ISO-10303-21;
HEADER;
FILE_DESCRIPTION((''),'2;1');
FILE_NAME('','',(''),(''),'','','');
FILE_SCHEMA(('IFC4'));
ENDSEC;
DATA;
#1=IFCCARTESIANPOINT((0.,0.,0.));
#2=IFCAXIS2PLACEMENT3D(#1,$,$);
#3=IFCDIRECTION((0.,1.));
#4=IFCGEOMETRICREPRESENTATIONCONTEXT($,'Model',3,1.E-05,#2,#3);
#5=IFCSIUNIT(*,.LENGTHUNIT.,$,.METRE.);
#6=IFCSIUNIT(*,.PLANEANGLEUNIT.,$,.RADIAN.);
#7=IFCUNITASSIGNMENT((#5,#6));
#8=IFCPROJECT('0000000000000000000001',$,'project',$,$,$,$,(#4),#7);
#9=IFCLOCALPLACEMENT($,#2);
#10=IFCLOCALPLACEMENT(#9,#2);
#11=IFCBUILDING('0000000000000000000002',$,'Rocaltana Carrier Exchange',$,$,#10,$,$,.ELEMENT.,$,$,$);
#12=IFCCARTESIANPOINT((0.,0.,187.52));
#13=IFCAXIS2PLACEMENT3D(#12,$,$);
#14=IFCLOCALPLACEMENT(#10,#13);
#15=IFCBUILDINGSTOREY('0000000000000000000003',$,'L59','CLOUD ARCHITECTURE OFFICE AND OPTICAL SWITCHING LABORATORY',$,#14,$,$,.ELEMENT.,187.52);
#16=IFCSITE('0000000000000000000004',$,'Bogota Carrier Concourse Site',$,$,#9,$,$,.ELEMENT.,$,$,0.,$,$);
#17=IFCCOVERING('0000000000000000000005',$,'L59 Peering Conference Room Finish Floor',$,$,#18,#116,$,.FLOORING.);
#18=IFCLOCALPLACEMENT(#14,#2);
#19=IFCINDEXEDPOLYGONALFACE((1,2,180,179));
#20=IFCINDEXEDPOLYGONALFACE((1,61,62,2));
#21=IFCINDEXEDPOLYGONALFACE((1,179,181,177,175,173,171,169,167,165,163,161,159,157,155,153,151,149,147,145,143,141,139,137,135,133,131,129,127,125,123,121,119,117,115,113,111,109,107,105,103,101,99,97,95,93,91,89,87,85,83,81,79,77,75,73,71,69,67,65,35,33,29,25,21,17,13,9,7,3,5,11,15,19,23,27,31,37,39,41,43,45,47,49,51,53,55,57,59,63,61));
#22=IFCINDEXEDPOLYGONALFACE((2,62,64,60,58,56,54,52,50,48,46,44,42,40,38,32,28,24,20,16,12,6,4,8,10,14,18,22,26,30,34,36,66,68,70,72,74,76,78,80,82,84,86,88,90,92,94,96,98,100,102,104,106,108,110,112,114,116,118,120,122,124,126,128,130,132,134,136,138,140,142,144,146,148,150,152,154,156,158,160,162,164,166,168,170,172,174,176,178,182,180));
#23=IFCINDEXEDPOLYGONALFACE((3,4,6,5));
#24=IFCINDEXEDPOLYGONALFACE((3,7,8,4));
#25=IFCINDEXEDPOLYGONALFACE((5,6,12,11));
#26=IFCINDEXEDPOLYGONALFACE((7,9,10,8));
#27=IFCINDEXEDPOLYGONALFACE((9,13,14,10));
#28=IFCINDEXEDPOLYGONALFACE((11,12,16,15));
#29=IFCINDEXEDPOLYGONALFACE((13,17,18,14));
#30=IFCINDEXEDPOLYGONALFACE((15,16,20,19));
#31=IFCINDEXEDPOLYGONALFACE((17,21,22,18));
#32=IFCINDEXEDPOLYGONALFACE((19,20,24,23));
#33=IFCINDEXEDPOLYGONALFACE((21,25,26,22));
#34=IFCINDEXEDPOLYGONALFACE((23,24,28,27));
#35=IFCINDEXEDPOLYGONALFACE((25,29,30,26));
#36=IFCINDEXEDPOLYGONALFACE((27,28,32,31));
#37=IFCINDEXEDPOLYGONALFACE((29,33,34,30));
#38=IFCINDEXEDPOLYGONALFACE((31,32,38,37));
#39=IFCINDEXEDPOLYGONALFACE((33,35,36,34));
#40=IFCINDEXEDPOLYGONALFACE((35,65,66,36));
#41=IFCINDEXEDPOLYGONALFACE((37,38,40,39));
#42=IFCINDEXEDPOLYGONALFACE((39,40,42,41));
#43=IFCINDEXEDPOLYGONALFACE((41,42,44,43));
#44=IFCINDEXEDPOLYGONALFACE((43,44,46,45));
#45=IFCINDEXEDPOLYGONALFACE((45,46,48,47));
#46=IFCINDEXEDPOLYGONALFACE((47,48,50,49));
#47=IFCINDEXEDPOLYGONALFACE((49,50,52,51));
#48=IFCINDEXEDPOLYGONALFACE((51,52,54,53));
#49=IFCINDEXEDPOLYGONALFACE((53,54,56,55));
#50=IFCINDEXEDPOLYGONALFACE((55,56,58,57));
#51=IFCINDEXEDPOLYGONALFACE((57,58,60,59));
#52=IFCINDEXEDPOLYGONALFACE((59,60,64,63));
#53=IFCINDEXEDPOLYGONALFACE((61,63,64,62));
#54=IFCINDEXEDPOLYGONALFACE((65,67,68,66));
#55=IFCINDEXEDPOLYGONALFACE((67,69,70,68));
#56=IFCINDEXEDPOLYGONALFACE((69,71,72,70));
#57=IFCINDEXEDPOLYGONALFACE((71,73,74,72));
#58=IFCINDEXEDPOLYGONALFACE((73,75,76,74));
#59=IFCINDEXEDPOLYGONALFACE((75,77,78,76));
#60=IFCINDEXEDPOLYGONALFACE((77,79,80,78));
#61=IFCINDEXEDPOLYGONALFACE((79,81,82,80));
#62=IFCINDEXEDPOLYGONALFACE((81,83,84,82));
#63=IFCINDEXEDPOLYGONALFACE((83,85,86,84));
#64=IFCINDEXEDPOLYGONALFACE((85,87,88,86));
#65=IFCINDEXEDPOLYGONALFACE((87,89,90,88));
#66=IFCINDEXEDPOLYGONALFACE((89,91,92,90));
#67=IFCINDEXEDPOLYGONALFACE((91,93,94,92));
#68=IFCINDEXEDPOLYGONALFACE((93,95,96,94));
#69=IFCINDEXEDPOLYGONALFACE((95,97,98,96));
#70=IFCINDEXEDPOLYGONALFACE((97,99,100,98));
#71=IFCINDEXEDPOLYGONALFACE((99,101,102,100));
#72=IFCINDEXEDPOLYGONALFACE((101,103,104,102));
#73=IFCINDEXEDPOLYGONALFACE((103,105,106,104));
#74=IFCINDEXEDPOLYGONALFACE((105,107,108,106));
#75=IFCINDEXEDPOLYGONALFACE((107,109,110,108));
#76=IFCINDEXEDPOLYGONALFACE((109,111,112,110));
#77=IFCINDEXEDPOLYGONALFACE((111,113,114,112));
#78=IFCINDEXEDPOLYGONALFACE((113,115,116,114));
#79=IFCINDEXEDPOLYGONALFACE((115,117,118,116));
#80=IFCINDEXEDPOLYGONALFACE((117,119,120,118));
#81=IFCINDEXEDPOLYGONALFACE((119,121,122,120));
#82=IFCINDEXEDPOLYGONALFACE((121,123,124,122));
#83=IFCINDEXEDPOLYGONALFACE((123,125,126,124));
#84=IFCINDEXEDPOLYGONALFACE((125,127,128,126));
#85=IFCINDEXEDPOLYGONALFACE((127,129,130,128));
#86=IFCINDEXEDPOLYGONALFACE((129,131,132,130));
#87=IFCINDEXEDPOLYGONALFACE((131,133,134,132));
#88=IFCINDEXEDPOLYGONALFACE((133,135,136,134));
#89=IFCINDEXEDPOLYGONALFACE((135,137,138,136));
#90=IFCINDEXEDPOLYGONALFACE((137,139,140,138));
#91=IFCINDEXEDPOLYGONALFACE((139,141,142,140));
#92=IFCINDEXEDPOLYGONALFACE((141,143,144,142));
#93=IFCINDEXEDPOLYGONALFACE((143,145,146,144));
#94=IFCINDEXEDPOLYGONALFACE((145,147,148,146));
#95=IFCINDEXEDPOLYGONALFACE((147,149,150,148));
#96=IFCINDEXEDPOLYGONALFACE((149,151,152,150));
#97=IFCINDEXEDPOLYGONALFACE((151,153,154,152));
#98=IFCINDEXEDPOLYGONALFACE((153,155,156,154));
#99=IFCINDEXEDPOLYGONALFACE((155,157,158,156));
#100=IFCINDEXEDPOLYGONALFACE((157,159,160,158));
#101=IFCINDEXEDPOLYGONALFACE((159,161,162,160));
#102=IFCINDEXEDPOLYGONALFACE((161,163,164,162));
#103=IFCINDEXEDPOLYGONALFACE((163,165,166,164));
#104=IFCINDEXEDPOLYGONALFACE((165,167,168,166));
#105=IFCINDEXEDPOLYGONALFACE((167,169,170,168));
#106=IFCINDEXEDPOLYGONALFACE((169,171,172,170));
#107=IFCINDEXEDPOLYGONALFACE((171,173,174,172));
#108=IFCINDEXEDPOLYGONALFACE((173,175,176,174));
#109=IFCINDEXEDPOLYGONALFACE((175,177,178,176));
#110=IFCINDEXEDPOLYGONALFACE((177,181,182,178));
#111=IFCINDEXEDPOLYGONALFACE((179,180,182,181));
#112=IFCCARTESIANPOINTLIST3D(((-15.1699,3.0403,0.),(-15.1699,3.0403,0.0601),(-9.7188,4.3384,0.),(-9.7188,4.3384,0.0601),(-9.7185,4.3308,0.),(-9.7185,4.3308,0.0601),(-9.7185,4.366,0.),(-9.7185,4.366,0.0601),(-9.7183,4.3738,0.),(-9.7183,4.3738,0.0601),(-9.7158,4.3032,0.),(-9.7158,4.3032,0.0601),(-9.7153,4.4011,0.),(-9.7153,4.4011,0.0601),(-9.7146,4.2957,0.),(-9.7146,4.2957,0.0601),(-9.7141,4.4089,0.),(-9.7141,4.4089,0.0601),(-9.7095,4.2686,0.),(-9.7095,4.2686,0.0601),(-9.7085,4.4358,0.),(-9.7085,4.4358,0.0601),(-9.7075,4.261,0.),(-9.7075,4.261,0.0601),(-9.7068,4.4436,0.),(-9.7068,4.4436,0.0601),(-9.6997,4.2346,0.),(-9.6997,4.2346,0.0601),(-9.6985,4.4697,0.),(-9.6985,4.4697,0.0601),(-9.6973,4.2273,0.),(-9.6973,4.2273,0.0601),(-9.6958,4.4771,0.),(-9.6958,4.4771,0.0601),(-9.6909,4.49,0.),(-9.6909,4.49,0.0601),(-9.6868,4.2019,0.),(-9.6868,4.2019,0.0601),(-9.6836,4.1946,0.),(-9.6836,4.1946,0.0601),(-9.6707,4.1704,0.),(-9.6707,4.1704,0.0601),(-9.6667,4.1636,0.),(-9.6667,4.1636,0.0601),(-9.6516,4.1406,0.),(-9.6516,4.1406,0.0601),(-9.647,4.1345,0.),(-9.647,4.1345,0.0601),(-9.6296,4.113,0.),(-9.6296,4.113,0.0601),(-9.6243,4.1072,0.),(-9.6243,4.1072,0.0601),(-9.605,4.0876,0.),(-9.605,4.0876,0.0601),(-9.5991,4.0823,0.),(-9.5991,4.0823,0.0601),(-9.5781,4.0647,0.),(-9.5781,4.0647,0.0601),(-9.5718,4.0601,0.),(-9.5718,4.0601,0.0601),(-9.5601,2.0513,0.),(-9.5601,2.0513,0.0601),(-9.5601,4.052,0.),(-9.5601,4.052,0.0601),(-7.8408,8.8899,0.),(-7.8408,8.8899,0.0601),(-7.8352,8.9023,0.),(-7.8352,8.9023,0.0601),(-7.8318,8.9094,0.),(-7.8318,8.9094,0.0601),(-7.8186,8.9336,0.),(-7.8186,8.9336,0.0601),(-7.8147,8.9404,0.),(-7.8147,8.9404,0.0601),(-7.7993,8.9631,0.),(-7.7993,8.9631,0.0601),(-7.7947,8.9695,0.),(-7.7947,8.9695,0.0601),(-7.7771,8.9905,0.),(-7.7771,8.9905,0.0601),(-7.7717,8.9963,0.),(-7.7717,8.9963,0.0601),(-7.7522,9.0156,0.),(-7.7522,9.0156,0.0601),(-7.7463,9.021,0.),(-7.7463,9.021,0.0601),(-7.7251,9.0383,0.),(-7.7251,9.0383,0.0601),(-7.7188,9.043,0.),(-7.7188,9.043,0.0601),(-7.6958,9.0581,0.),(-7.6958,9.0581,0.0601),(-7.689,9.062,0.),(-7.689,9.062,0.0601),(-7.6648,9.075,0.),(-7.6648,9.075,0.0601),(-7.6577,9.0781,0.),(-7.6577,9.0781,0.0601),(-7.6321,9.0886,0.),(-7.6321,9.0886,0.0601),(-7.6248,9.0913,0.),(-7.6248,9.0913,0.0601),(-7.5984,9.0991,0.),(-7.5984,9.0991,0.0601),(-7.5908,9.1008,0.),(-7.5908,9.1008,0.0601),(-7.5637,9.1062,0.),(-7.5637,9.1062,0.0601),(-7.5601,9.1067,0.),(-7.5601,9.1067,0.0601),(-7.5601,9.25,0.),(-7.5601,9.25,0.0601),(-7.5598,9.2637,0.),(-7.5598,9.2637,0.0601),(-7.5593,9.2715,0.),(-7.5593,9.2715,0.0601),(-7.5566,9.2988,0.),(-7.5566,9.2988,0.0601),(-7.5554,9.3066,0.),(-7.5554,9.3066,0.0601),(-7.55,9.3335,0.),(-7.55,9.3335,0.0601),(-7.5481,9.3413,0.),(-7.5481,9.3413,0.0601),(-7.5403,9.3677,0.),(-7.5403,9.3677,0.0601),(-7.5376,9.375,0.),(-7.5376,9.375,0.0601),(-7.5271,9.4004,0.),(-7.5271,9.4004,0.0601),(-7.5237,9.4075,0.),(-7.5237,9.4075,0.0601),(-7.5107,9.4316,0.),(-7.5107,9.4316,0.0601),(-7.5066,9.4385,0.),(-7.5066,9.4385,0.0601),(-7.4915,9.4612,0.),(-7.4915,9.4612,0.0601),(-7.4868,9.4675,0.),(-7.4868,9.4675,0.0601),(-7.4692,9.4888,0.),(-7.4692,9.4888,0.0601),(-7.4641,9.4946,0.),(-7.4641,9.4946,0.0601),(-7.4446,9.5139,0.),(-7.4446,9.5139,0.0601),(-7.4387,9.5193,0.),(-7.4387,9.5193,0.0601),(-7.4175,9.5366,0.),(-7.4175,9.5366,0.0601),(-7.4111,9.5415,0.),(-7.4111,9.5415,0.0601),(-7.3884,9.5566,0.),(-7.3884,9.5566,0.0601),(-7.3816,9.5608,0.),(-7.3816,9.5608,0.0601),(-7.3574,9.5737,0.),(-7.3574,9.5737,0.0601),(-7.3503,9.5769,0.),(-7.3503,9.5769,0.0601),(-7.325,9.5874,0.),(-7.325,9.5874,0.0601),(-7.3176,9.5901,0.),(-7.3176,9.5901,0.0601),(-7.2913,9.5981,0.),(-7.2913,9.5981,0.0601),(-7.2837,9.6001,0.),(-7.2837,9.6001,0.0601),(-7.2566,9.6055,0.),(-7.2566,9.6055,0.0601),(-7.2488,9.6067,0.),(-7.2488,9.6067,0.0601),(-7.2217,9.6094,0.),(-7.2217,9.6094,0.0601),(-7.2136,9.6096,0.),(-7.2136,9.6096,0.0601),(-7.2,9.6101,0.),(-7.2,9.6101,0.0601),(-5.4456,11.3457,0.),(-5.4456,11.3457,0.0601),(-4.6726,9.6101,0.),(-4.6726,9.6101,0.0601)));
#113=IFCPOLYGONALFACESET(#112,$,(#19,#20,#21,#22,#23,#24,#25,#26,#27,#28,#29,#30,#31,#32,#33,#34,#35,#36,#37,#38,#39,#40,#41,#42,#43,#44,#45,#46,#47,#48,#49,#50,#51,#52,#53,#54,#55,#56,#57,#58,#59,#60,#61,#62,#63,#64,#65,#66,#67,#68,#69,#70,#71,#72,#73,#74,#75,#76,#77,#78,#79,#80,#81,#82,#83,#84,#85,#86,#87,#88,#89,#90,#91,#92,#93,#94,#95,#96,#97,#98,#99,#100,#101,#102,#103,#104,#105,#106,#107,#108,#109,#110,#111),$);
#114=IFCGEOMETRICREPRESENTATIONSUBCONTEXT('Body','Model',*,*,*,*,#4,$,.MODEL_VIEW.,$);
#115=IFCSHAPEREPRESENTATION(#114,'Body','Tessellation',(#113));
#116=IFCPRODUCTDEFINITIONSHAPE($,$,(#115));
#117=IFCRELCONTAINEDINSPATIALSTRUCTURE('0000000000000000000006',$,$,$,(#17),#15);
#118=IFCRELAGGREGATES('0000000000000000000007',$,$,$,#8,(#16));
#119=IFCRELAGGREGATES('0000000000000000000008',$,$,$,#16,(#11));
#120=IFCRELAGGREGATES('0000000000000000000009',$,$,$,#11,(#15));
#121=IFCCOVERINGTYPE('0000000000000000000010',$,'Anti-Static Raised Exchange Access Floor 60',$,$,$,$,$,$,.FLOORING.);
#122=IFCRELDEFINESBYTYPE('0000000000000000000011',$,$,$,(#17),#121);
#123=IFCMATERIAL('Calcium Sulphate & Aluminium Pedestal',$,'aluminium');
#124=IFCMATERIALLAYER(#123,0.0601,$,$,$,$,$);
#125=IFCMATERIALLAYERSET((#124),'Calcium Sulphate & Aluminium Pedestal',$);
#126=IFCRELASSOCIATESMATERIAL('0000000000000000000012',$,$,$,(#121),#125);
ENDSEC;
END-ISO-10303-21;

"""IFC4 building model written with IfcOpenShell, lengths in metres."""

from ifc_helpers import new_model, si_unit, direction, frame, origin, place, context, subcontext, project, spatial, polyline, outline, extrude, material, layer, layer_set, type_object, element, save


model = new_model("IFC4")

# Units and contexts
model_context = context("Model", 3, precision=1e-05, world=origin(), true_north=direction((0.0, 1.0)))
body_context = subcontext(model_context, "Body", "Model", "MODEL_VIEW")
ifc_project = project(units=[si_unit("LENGTHUNIT", "METRE"), si_unit("PLANEANGLEUNIT", "RADIAN")], contexts=[model_context])

# Site, building, storey
site_placement = place(None, origin())
site = spatial("IfcSite", under=ifc_project, at=site_placement, Name="Bogota Carrier Concourse Site", CompositionType="ELEMENT", RefElevation=0.0)
building_placement = place(site_placement, origin())
building = spatial("IfcBuilding", under=site, at=building_placement, Name="Rocaltana Carrier Exchange", CompositionType="ELEMENT")
storey_placement = place(building_placement, frame((0.0, 0.0, 187.52)))
storey = spatial("IfcBuildingStorey", under=building, at=storey_placement, Name="L59", Description="CLOUD ARCHITECTURE OFFICE AND OPTICAL SWITCHING LABORATORY", CompositionType="ELEMENT", Elevation=187.52)

# Covering
ifc_material_1 = material(Name="Calcium Sulphate & Aluminium Pedestal", Category="aluminium")
ifc_layer_1 = layer(ifc_material_1, 0.0601)
ifc_layer_set_1 = layer_set([ifc_layer_1], Name="Calcium Sulphate & Aluminium Pedestal")
covering_type_1 = type_object("IfcCoveringType", Name="Anti-Static Raised Exchange Access Floor 60", PredefinedType="FLOORING", material=ifc_layer_set_1)
covering_1_placement = place(storey_placement, origin())
element("IfcCovering", 1, at=covering_1_placement, inside=storey, type_object=covering_type_1, Name="L59 Peering Conference Room Finish Floor", PredefinedType="FLOORING", context=body_context, shape_type="SweptSolid", body=[
    extrude(outline(polyline([(-9.5601, 4.052), (-9.5601, 2.0513), (-15.1699, 3.0403), (-5.4456, 11.3457), (-4.6726, 9.6101), (-7.2, 9.6101), (-7.2136, 9.6096), (-7.2217, 9.6094), (-7.2488, 9.6067), (-7.2566, 9.6055), (-7.2837, 9.6001), (-7.2913, 9.5981), (-7.3176, 9.5901), (-7.325, 9.5874), (-7.3503, 9.5769), (-7.3574, 9.5737), (-7.3816, 9.5608), (-7.3884, 9.5566), (-7.4111, 9.5415), (-7.4175, 9.5366), (-7.4387, 9.5193), (-7.4446, 9.5139), (-7.4641, 9.4946), (-7.4692, 9.4888), (-7.4868, 9.4675), (-7.4915, 9.4612), (-7.5066, 9.4385), (-7.5107, 9.4316), (-7.5237, 9.4075), (-7.5271, 9.4004), (-7.5376, 9.375), (-7.5403, 9.3677), (-7.5481, 9.3413), (-7.55, 9.3335), (-7.5554, 9.3066), (-7.5566, 9.2988), (-7.5593, 9.2715), (-7.5598, 9.2637), (-7.5601, 9.25), (-7.5601, 9.1067), (-7.5637, 9.1062), (-7.5908, 9.1008), (-7.5984, 9.0991), (-7.6248, 9.0913), (-7.6321, 9.0886), (-7.6577, 9.0781), (-7.6648, 9.075), (-7.689, 9.062), (-7.6958, 9.0581), (-7.7188, 9.043), (-7.7251, 9.0383), (-7.7463, 9.021), (-7.7522, 9.0156), (-7.7717, 8.9963), (-7.7771, 8.9905), (-7.7947, 8.9695), (-7.7993, 8.9631), (-7.8147, 8.9404), (-7.8186, 8.9336), (-7.8318, 8.9094), (-7.8352, 8.9023), (-7.8408, 8.8899), (-9.6909, 4.49), (-9.6958, 4.4771), (-9.6985, 4.4697), (-9.7068, 4.4436), (-9.7085, 4.4358), (-9.7141, 4.4089), (-9.7153, 4.4011), (-9.7183, 4.3738), (-9.7185, 4.366), (-9.7188, 4.3384), (-9.7185, 4.3308), (-9.7158, 4.3032), (-9.7146, 4.2957), (-9.7095, 4.2686), (-9.7075, 4.261), (-9.6997, 4.2346), (-9.6973, 4.2273), (-9.6868, 4.2019), (-9.6836, 4.1946), (-9.6707, 4.1704), (-9.6667, 4.1636), (-9.6516, 4.1406), (-9.647, 4.1345), (-9.6296, 4.113), (-9.6243, 4.1072), (-9.605, 4.0876), (-9.5991, 4.0823), (-9.5781, 4.0647), (-9.5718, 4.0601), (-9.5601, 4.052)])), origin(), (0.0, 0.0, 1.0), 0.0601),
])

save(model, "model.ifc")
